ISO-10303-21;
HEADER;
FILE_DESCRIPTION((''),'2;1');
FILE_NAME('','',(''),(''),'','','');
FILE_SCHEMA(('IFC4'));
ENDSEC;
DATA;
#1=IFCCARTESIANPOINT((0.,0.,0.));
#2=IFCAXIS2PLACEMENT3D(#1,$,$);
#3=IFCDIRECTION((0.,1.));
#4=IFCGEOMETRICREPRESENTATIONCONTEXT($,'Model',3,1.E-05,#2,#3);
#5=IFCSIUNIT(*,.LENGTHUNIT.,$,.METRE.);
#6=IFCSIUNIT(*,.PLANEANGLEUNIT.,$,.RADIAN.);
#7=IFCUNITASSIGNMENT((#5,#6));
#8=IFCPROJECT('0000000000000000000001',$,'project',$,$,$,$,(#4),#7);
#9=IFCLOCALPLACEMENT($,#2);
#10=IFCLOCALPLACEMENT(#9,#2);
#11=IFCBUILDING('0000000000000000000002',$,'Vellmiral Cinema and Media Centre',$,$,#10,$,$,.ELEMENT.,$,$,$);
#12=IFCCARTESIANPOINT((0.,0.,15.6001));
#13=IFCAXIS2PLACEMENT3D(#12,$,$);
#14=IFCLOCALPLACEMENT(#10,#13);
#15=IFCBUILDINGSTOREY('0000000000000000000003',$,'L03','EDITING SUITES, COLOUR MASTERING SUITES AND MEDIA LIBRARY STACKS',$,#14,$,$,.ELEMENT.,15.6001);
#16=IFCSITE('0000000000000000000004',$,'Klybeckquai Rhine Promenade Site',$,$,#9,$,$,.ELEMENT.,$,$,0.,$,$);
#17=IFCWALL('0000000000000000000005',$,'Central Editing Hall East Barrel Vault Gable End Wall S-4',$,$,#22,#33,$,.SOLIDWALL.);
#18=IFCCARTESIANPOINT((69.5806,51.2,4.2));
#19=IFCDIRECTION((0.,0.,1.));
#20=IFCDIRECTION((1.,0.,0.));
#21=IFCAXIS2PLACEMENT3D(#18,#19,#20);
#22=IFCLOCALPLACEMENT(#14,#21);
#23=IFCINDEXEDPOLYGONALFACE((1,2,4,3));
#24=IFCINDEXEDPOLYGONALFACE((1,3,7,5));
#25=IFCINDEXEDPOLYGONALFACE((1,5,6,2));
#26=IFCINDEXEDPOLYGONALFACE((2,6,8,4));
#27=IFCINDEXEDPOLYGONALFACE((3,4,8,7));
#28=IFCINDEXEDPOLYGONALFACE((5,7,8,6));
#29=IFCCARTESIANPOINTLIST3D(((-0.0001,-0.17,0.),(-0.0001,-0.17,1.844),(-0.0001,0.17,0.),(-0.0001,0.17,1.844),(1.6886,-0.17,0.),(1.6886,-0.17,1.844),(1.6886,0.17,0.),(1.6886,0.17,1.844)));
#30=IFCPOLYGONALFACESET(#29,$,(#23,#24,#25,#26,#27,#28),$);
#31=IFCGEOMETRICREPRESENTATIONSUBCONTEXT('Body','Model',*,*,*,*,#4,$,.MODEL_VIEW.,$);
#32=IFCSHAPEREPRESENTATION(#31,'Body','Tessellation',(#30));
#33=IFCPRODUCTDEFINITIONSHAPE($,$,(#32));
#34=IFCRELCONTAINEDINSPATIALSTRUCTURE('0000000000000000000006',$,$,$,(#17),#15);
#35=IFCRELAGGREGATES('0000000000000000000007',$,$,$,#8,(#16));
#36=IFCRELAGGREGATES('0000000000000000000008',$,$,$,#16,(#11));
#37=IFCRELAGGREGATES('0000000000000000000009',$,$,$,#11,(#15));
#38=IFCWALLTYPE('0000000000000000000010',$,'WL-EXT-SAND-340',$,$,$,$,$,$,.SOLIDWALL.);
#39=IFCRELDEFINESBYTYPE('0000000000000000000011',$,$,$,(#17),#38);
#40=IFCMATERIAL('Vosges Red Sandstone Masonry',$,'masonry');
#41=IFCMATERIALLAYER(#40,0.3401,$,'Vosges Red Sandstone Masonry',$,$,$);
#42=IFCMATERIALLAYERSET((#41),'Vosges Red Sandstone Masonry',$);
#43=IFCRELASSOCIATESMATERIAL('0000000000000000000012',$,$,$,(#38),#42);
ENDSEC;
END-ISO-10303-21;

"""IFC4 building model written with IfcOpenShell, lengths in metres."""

from ifc_helpers import new_model, si_unit, direction, frame, frame_2d, origin, place, context, subcontext, project, spatial, rectangle, extrude, material, layer, layer_set, type_object, element, save


model = new_model("IFC4")

# Units and contexts
model_context = context("Model", 3, precision=1e-05, world=origin(), true_north=direction((0.0, 1.0)))
body_context = subcontext(model_context, "Body", "Model", "MODEL_VIEW")
ifc_project = project(units=[si_unit("LENGTHUNIT", "METRE"), si_unit("PLANEANGLEUNIT", "RADIAN")], contexts=[model_context])

# Site, building, storey
site_placement = place(None, origin())
site = spatial("IfcSite", under=ifc_project, at=site_placement, Name="Klybeckquai Rhine Promenade Site", CompositionType="ELEMENT", RefElevation=0.0)
building_placement = place(site_placement, origin())
building = spatial("IfcBuilding", under=site, at=building_placement, Name="Vellmiral Cinema and Media Centre", CompositionType="ELEMENT")
storey_placement = place(building_placement, frame((0.0, 0.0, 15.6001)))
storey = spatial("IfcBuildingStorey", under=building, at=storey_placement, Name="L03", Description="EDITING SUITES, COLOUR MASTERING SUITES AND MEDIA LIBRARY STACKS", CompositionType="ELEMENT", Elevation=15.6001)

# Wall
ifc_material_1 = material(Name="Vosges Red Sandstone Masonry", Category="masonry")
ifc_layer_1 = layer(ifc_material_1, 0.3401, Name="Vosges Red Sandstone Masonry")
ifc_layer_set_1 = layer_set([ifc_layer_1], Name="Vosges Red Sandstone Masonry")
wall_type_1 = type_object("IfcWallType", Name="WL-EXT-SAND-340", PredefinedType="SOLIDWALL", material=ifc_layer_set_1)
wall_1_placement = place(storey_placement, frame((69.5806, 51.2, 4.2), z_axis=(0.0, 0.0, 1.0), x_axis=(1.0, 0.0, 0.0)))
element("IfcWall", 1, at=wall_1_placement, inside=storey, type_object=wall_type_1, Name="Central Editing Hall East Barrel Vault Gable End Wall S-4", PredefinedType="SOLIDWALL", context=body_context, shape_type="SweptSolid", body=[
    extrude(rectangle(XDim=1.6887, YDim=0.3401, at=frame_2d((0.8442, 0.0))), origin(), (0.0, 0.0, 1.0), 1.844),
])

save(model, "model.ifc")
